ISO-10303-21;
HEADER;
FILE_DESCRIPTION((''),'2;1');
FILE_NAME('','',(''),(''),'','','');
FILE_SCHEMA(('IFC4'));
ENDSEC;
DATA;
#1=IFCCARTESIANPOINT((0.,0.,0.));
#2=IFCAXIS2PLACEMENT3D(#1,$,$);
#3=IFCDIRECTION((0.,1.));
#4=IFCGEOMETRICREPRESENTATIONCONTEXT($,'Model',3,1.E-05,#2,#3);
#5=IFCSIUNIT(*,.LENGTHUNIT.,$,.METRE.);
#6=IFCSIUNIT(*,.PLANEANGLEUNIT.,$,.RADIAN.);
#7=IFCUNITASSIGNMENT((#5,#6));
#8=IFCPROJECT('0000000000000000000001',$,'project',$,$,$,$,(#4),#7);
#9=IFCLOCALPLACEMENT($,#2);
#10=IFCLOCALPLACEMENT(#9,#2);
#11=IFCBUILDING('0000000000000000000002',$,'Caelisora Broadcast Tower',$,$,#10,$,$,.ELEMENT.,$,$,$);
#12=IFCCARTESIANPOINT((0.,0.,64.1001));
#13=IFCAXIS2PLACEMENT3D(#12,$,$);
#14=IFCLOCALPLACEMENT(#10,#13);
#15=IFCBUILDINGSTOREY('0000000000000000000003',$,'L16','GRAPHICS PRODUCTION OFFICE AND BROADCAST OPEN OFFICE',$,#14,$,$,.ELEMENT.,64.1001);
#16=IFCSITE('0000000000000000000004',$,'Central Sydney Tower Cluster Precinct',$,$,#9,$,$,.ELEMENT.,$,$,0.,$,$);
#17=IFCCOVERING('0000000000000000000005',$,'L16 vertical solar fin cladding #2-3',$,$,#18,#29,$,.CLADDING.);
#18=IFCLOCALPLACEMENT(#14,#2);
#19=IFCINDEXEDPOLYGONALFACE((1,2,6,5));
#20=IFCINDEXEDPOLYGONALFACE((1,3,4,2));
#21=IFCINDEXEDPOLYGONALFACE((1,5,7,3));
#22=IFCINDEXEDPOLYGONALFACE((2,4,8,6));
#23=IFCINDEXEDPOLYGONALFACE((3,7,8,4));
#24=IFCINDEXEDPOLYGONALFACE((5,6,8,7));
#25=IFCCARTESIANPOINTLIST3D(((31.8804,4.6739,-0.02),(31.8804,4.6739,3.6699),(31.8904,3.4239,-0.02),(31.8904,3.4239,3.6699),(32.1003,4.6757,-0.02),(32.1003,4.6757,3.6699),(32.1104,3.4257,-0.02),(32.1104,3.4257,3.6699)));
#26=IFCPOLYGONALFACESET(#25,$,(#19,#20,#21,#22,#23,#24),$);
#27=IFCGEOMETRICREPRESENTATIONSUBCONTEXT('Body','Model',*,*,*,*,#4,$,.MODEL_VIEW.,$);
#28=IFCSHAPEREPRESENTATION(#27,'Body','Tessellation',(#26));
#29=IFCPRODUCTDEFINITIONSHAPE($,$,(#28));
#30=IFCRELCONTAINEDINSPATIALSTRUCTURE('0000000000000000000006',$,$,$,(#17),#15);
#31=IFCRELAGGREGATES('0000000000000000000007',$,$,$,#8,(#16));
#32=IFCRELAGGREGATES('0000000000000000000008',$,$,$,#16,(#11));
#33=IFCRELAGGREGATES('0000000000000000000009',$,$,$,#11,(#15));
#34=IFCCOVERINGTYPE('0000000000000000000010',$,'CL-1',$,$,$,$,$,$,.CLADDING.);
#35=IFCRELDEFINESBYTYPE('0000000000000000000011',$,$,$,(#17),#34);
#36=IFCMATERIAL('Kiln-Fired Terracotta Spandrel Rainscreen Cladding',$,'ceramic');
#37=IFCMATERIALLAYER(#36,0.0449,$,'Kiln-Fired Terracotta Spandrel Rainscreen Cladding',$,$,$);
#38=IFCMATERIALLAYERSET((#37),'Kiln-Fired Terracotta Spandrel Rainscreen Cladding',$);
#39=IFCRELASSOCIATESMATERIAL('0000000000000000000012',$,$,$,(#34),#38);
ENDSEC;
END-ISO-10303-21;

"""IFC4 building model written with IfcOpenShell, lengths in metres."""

from ifc_helpers import new_model, si_unit, direction, frame, origin, origin_2d, place, context, subcontext, project, spatial, rectangle, extrude, source, transform, mapped, material, layer, layer_set, type_object, type_shapes, element, save


model = new_model("IFC4")

# Units and contexts
model_context = context("Model", 3, precision=1e-05, world=origin(), true_north=direction((0.0, 1.0)))
body_context = subcontext(model_context, "Body", "Model", "MODEL_VIEW")
ifc_project = project(units=[si_unit("LENGTHUNIT", "METRE"), si_unit("PLANEANGLEUNIT", "RADIAN")], contexts=[model_context])

# Site, building, storey
site_placement = place(None, origin())
site = spatial("IfcSite", under=ifc_project, at=site_placement, Name="Central Sydney Tower Cluster Precinct", CompositionType="ELEMENT", RefElevation=0.0)
building_placement = place(site_placement, origin())
building = spatial("IfcBuilding", under=site, at=building_placement, Name="Caelisora Broadcast Tower", CompositionType="ELEMENT")
storey_placement = place(building_placement, frame((0.0, 0.0, 64.1001)))
storey = spatial("IfcBuildingStorey", under=building, at=storey_placement, Name="L16", Description="GRAPHICS PRODUCTION OFFICE AND BROADCAST OPEN OFFICE", CompositionType="ELEMENT", Elevation=64.1001)

# Covering
ifc_material_1 = material(Name="Kiln-Fired Terracotta Spandrel Rainscreen Cladding", Category="ceramic")
ifc_layer_1 = layer(ifc_material_1, 0.0449, Name="Kiln-Fired Terracotta Spandrel Rainscreen Cladding")
ifc_layer_set_1 = layer_set([ifc_layer_1], Name="Kiln-Fired Terracotta Spandrel Rainscreen Cladding")
covering_type = type_object("IfcCoveringType", Name="CL-1", PredefinedType="CLADDING", material=ifc_layer_set_1)
shared_shape_1 = source(origin(), body_context, "Body", "SweptSolid", [
    extrude(rectangle(XDim=0.22, YDim=1.25, at=origin_2d()), origin(), (0.0, 0.0, 1.0), 3.6899),
])
type_shapes(covering_type, [shared_shape_1])
covering_placement = place(storey_placement, frame((31.9954, 4.0498, -0.02), z_axis=(0.0, 0.0, 1.0), x_axis=(-0.999968, -0.008028, 0.0)))
element("IfcCovering", 1, at=covering_placement, inside=storey, type_object=covering_type, Name="L16 vertical solar fin cladding #2-3", PredefinedType="CLADDING", context=body_context, shape_type="MappedRepresentation", body=[
    mapped(shared_shape_1, transform((0.0, 0.0, 0.0), scale=1.0)),
])

save(model, "model.ifc")
